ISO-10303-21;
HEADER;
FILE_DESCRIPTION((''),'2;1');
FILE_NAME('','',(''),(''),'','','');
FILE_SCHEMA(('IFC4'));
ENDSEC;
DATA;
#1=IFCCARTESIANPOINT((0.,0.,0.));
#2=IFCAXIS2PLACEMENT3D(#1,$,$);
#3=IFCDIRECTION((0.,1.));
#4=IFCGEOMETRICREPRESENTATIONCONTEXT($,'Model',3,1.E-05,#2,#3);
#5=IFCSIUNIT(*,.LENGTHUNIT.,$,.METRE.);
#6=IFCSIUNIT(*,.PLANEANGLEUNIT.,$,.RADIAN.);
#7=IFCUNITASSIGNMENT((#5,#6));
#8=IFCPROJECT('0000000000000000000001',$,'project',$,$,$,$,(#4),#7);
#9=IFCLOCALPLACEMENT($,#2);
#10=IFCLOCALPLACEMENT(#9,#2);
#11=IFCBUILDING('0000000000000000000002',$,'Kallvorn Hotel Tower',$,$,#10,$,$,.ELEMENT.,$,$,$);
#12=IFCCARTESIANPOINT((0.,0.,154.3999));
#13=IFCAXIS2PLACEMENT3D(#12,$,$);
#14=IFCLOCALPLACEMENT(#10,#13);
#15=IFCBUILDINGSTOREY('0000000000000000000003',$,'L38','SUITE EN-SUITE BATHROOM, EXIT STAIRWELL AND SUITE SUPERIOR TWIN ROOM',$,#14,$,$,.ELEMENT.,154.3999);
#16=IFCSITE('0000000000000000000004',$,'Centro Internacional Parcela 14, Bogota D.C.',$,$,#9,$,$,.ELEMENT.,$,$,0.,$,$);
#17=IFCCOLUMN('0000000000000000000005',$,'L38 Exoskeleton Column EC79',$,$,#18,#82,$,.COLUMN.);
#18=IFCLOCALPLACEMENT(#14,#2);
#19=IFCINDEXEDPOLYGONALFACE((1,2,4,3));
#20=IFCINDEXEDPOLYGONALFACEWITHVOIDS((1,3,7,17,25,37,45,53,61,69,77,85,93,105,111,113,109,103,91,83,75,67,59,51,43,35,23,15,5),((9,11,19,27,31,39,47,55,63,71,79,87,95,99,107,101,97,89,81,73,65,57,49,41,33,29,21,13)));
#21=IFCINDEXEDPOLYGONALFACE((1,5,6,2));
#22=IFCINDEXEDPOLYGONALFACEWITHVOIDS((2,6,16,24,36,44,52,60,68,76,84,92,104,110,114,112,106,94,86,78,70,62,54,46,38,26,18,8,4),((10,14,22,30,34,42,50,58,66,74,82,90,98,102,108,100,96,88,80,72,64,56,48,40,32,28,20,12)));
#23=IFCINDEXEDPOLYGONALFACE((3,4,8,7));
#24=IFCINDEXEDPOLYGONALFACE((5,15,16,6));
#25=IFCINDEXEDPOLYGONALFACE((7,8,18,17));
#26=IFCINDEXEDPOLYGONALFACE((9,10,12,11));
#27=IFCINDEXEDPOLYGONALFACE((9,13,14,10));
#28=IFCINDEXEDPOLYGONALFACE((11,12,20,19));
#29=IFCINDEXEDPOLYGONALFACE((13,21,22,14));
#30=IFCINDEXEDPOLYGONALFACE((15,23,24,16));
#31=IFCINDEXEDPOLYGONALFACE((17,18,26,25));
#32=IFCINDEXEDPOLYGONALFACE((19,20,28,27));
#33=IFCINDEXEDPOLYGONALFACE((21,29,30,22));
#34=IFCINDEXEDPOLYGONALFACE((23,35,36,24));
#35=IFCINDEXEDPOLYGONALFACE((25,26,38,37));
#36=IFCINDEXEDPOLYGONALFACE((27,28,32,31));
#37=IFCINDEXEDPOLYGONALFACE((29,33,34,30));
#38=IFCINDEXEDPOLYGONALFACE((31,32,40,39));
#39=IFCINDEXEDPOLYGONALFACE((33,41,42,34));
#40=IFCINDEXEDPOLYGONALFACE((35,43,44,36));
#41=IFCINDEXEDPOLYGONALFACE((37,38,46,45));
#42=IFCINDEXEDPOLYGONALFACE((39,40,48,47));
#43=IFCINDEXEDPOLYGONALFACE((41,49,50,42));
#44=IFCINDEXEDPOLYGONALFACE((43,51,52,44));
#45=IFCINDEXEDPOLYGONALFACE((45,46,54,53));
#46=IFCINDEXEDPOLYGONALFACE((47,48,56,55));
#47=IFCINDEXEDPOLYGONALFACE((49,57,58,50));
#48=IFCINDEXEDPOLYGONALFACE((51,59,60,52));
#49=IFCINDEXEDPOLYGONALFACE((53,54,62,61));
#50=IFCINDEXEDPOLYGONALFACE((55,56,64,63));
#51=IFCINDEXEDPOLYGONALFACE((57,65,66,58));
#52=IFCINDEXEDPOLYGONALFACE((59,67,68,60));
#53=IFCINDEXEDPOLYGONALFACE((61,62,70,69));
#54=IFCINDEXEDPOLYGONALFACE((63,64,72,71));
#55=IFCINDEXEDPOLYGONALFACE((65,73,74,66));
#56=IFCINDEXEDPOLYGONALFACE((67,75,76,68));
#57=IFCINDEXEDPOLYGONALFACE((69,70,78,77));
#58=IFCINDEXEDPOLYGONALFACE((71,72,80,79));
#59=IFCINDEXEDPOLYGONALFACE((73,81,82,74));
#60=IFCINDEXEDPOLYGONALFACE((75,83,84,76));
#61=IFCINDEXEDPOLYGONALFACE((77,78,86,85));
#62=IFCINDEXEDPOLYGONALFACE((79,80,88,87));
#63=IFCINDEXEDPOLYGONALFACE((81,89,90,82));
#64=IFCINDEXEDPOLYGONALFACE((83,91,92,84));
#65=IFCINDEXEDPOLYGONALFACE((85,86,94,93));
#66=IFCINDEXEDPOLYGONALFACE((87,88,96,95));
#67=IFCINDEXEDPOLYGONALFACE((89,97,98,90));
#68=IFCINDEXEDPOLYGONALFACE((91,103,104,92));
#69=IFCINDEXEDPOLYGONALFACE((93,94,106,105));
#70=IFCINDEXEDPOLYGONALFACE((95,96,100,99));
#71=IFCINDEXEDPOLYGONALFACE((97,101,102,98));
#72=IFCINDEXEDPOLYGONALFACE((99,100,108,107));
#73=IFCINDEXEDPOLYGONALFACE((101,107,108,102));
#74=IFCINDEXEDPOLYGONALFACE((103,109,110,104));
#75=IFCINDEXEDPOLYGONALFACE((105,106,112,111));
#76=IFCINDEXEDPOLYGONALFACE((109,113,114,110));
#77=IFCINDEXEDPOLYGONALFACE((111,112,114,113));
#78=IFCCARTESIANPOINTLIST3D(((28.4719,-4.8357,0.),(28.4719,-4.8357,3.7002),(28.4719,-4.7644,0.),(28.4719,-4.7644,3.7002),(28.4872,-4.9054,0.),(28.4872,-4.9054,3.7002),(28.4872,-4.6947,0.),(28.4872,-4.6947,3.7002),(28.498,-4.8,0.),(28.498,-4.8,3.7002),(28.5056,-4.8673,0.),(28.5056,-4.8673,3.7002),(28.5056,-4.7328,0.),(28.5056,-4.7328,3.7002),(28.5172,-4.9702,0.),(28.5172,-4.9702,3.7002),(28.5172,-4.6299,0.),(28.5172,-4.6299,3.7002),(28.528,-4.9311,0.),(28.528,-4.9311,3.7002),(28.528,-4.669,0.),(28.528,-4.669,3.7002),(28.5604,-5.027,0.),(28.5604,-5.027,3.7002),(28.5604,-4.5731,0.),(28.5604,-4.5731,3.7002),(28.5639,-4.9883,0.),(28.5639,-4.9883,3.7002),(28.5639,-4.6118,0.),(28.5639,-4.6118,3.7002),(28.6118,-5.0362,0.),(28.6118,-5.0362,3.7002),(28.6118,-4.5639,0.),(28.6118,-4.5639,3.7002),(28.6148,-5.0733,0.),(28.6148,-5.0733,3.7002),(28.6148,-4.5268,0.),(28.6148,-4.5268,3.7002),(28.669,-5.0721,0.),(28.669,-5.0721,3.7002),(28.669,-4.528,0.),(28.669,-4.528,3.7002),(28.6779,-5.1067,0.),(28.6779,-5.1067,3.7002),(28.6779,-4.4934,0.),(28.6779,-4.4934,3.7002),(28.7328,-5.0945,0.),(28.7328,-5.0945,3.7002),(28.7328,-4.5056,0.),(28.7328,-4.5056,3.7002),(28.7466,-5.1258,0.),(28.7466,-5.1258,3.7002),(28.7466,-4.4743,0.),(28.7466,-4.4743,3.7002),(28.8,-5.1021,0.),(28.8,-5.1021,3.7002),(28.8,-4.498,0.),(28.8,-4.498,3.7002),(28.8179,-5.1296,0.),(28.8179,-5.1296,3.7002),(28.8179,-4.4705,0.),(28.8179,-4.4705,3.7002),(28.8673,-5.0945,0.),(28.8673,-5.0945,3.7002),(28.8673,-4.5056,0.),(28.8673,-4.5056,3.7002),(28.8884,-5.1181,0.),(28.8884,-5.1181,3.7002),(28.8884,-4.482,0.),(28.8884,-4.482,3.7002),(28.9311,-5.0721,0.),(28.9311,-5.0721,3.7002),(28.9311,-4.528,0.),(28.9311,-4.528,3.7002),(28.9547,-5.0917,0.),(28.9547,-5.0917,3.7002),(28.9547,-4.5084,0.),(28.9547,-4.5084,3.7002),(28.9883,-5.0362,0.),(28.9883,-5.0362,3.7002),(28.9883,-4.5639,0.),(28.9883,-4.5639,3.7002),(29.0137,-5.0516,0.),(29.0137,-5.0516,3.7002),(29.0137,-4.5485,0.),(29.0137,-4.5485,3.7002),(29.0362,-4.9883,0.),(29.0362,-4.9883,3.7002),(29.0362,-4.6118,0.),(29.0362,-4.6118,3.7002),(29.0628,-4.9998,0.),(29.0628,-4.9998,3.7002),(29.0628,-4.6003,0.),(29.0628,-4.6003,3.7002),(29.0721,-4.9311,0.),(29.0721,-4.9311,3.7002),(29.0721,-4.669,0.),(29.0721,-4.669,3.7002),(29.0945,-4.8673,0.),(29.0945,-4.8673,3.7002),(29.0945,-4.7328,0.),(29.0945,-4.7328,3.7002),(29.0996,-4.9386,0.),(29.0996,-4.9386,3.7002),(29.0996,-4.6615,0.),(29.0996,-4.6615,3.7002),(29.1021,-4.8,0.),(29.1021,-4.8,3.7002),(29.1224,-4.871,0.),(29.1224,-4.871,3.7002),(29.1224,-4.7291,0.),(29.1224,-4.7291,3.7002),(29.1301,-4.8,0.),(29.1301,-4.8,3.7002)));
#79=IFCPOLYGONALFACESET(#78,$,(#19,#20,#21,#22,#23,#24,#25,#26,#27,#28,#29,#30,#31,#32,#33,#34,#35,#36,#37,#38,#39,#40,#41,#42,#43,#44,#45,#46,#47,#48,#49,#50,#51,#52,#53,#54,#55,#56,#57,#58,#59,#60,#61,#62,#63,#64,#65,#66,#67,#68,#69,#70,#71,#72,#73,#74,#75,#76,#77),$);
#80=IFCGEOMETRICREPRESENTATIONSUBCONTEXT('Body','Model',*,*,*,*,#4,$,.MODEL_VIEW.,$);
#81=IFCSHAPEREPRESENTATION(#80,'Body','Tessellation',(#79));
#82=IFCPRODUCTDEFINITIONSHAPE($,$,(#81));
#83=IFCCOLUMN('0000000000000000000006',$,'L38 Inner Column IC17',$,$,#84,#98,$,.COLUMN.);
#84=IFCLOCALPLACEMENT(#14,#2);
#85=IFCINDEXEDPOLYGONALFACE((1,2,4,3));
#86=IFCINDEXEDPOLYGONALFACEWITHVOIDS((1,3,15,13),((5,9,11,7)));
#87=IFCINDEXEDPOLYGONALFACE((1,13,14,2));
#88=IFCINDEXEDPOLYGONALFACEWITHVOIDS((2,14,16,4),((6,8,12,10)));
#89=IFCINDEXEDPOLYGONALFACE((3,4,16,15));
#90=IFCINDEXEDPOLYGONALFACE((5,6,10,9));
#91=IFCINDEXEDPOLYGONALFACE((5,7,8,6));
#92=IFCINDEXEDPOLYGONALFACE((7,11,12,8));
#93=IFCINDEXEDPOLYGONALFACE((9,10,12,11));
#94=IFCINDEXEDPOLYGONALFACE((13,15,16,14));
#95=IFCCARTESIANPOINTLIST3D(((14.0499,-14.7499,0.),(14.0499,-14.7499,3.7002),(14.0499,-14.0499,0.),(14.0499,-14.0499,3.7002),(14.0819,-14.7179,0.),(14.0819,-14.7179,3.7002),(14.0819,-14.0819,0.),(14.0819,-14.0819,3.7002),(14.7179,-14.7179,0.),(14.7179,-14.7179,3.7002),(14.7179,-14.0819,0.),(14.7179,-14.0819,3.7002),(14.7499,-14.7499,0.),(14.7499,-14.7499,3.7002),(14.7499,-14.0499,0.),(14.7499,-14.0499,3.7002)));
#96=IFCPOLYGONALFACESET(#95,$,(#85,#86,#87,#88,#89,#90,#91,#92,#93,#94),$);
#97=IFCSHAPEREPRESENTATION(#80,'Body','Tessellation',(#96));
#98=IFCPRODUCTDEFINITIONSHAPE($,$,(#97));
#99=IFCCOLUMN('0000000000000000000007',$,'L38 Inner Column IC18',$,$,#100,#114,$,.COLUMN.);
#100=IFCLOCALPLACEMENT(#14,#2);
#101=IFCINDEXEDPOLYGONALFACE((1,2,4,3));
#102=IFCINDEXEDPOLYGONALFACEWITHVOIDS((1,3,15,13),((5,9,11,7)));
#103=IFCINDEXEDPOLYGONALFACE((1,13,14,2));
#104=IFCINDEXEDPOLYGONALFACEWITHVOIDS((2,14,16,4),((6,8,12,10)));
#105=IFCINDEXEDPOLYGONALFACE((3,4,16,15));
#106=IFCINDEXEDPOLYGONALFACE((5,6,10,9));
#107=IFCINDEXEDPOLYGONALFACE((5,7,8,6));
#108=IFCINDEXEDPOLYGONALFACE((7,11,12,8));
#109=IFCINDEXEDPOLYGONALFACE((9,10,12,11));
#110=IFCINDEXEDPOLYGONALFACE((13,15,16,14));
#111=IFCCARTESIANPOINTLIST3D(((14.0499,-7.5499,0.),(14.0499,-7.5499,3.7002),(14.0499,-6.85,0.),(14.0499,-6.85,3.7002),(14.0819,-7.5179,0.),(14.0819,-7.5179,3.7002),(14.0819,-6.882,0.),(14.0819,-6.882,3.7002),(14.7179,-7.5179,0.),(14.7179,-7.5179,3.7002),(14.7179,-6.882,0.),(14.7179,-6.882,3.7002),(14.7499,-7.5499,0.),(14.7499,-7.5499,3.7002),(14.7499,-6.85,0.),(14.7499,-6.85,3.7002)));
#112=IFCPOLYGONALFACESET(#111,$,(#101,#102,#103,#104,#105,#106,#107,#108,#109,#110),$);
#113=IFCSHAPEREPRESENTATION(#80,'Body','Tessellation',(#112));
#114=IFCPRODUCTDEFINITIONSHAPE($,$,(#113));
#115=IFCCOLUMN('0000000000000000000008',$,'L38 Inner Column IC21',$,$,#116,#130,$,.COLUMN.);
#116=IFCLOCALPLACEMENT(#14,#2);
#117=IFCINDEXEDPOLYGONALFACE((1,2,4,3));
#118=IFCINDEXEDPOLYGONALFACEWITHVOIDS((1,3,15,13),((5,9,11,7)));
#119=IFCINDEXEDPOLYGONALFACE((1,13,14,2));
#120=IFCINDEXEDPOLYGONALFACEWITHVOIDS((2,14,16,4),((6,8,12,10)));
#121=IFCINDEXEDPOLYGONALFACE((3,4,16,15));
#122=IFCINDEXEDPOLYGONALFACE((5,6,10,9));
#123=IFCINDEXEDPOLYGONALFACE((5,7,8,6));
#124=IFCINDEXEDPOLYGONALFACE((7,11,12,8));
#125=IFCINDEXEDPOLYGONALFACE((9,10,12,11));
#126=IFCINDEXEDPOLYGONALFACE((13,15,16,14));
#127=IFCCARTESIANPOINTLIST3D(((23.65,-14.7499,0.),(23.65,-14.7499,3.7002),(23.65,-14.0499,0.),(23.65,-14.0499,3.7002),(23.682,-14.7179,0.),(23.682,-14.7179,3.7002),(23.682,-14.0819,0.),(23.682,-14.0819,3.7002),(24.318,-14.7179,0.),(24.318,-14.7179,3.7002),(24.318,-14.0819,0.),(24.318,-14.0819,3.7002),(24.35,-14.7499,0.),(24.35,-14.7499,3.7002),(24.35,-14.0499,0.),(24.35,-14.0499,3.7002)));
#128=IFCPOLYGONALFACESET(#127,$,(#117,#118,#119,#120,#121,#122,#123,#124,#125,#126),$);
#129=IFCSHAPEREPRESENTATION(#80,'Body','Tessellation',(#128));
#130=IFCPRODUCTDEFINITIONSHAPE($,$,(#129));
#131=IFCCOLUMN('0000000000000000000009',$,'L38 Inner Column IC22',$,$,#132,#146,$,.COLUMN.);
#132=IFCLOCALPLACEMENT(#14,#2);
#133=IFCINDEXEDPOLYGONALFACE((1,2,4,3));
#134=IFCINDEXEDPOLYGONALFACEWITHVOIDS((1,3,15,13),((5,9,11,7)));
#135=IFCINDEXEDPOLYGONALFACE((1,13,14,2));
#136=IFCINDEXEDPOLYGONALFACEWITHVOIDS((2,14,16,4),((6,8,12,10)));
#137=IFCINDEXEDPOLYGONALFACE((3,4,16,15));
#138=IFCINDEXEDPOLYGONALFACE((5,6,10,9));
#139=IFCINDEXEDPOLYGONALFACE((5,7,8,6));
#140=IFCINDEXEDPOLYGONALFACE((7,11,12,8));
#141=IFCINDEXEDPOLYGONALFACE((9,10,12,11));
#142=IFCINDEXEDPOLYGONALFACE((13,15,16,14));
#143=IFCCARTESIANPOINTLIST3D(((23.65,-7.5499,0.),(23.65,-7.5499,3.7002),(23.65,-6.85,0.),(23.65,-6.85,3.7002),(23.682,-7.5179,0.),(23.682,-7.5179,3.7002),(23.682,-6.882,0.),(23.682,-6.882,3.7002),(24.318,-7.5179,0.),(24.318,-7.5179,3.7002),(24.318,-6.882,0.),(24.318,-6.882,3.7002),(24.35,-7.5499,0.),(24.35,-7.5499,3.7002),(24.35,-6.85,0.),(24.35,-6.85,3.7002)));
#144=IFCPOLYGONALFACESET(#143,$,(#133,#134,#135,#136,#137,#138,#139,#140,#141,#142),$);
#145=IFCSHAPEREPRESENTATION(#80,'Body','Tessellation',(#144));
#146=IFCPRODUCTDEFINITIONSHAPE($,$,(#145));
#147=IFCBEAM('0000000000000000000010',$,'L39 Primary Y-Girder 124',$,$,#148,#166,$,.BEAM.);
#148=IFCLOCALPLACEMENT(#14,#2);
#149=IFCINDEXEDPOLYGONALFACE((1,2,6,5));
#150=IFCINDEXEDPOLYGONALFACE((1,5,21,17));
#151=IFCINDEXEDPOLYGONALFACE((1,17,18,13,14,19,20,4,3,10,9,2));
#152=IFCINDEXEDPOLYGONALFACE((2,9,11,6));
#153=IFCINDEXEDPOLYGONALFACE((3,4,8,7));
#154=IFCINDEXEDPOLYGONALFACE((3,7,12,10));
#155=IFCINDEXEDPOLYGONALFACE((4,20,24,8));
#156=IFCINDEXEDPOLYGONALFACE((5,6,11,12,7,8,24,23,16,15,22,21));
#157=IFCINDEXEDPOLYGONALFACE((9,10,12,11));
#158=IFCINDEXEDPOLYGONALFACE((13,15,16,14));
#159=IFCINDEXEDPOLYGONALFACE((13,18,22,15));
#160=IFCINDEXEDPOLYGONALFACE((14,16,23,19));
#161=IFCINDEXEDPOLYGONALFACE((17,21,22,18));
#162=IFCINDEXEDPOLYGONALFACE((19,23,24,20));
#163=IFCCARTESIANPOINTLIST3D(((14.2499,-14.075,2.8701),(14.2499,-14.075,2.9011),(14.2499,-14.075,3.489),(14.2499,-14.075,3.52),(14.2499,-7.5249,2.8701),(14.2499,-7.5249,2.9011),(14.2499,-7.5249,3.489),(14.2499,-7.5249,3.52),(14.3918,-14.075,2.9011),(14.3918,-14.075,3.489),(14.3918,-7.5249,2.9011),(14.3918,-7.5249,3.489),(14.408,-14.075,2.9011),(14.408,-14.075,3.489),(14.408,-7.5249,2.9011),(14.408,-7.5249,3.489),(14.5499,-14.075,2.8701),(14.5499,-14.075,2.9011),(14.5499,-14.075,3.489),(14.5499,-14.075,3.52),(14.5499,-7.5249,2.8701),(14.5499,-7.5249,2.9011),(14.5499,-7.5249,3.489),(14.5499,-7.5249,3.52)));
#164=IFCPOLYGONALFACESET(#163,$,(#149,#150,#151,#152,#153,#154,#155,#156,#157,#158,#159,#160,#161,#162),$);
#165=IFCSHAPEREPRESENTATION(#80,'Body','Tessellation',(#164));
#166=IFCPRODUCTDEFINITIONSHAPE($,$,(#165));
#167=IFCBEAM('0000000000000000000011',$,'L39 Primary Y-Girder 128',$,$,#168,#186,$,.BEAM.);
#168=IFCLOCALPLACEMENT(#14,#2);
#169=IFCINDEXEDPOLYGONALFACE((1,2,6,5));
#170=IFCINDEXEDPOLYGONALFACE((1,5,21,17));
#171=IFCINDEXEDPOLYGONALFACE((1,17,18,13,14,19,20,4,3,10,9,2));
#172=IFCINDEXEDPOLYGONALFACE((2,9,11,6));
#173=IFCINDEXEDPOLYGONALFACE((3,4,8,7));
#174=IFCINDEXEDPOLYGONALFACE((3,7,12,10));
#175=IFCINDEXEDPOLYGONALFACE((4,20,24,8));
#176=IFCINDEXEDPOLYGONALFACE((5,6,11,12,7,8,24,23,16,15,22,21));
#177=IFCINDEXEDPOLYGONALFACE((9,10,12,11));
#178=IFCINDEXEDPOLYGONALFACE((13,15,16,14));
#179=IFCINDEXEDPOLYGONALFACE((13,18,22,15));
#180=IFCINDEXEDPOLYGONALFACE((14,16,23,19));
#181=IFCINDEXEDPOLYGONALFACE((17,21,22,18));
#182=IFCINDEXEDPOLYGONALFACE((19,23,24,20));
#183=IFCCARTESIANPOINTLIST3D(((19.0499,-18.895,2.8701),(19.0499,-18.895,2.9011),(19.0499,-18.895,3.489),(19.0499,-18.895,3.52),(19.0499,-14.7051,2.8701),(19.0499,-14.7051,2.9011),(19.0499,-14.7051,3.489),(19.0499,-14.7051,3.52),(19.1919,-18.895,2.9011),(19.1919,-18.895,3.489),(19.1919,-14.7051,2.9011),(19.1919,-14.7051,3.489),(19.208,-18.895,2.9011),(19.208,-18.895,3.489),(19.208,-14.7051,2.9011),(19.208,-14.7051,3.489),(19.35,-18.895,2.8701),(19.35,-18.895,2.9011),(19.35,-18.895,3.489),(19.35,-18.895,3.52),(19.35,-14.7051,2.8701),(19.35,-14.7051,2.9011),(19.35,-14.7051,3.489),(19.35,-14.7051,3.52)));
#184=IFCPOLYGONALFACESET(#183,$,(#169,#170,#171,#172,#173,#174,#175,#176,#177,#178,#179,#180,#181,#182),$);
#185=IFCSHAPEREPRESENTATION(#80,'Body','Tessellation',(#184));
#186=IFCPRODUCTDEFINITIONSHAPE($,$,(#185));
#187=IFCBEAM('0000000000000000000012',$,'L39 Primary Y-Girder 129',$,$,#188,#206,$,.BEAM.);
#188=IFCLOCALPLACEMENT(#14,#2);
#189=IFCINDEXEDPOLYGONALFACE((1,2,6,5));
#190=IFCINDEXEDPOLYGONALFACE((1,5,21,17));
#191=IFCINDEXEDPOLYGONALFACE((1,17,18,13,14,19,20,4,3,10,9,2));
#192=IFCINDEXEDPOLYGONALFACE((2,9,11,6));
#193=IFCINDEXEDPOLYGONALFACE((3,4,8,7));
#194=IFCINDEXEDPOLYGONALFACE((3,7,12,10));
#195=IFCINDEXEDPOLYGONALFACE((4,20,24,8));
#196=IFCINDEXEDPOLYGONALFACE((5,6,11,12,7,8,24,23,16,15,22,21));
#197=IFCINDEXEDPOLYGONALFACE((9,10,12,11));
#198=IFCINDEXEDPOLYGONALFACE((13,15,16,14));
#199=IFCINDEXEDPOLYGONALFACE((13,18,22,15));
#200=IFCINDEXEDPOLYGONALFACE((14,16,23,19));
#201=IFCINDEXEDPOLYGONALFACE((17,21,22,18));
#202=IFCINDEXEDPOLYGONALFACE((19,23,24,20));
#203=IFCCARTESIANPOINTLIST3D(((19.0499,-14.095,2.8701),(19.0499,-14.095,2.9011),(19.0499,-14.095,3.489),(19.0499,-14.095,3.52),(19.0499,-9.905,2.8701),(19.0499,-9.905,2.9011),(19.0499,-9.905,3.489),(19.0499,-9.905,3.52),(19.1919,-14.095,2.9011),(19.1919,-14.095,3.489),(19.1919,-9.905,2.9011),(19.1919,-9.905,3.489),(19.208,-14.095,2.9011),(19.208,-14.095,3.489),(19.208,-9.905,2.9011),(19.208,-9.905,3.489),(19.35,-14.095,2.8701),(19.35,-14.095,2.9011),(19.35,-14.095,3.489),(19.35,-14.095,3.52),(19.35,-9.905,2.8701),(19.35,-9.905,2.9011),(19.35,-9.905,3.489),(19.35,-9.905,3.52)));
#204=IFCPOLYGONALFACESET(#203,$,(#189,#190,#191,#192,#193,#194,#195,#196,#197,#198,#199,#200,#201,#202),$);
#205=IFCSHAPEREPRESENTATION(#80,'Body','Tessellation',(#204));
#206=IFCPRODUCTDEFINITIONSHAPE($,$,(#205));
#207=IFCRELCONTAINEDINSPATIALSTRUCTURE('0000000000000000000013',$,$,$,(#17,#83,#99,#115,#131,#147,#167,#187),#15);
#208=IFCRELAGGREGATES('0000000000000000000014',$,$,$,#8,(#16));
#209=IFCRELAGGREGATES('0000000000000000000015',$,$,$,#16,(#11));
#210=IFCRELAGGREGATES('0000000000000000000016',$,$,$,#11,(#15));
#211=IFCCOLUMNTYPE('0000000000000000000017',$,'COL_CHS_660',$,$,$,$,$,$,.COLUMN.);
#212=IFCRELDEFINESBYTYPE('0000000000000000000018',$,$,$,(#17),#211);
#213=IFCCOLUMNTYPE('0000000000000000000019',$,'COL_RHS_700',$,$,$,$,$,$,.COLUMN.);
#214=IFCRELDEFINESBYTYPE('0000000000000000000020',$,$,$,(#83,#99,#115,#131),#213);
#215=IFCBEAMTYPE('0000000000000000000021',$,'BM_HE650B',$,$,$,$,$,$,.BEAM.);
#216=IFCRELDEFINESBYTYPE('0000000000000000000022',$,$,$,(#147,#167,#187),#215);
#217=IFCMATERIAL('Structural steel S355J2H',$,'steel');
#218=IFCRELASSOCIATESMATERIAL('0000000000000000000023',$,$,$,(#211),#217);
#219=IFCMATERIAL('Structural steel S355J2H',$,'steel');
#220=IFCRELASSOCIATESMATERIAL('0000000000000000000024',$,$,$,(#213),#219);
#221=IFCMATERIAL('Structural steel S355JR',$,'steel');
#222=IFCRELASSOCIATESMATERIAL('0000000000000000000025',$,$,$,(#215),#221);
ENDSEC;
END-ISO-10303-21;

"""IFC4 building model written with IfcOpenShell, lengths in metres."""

from ifc_helpers import new_model, si_unit, direction, frame, origin, origin_2d, place, context, subcontext, project, spatial, hollow_rectangle, hollow_circle, i_section, extrude, material, material_profile, profile_set, type_object, element, save


model = new_model("IFC4")

# Units and contexts
model_context = context("Model", 3, precision=1e-05, world=origin(), true_north=direction((0.0, 1.0)))
body_context = subcontext(model_context, "Body", "Model", "MODEL_VIEW")
ifc_project = project(units=[si_unit("LENGTHUNIT", "METRE"), si_unit("PLANEANGLEUNIT", "RADIAN")], contexts=[model_context])

# Site, building, storey
site_placement = place(None, origin())
site = spatial("IfcSite", under=ifc_project, at=site_placement, Name="Centro Internacional Parcela 14, Bogota D.C.", CompositionType="ELEMENT", RefElevation=0.0)
building_placement = place(site_placement, origin())
building = spatial("IfcBuilding", under=site, at=building_placement, Name="Kallvorn Hotel Tower", CompositionType="ELEMENT")
storey_placement = place(building_placement, frame((0.0, 0.0, 154.3999)))
storey = spatial("IfcBuildingStorey", under=building, at=storey_placement, Name="L38", Description="SUITE EN-SUITE BATHROOM, EXIT STAIRWELL AND SUITE SUPERIOR TWIN ROOM", CompositionType="ELEMENT", Elevation=154.3999)

# Columns
ifc_material_1 = material(Name="Structural steel S355J2H", Category="steel")
ifc_material_profile_1 = material_profile(ifc_material_1, hollow_circle(Radius=0.3301, WallThickness=0.0281, at=origin_2d()), Name="CHS 660x28")
ifc_profile_set_1 = profile_set([ifc_material_profile_1], Name="Structural steel S355J2H")
column_type_1 = type_object("IfcColumnType", Name="COL_CHS_660", PredefinedType="COLUMN", material=ifc_profile_set_1)
for number, where, z_axis, x_axis, name in (
    (1, (28.8, -4.8, 0.0), (0.0, 0.0, 1.0), (1.0, 0.0, 0.0), "L38 Exoskeleton Column EC79"),
):
    element("IfcColumn", number, at=place(storey_placement, frame(where, z_axis=z_axis, x_axis=x_axis)), inside=storey, type_object=column_type_1, Name=name, PredefinedType="COLUMN", context=body_context, shape_type="SweptSolid", body=[
        extrude(hollow_circle(Radius=0.3301, WallThickness=0.0281, at=origin_2d()), origin(), (0.0, 0.0, 1.0), 3.7002),
    ])
ifc_material_2 = material(Name="Structural steel S355J2H", Category="steel")
ifc_material_profile_2 = material_profile(ifc_material_2, hollow_rectangle(XDim=0.7, YDim=0.7, WallThickness=0.032, at=origin_2d()), Name="RHS 700x700x32")
ifc_profile_set_2 = profile_set([ifc_material_profile_2], Name="Structural steel S355J2H")
column_type_2 = type_object("IfcColumnType", Name="COL_RHS_700", PredefinedType="COLUMN", material=ifc_profile_set_2)
for number, where, z_axis, x_axis, name in (
    (2, (14.3999, -14.3999, 0.0), (0.0, 0.0, 1.0), (1.0, 0.0, 0.0), "L38 Inner Column IC17"),
    (3, (14.3999, -7.2, 0.0), (0.0, 0.0, 1.0), (1.0, 0.0, 0.0), "L38 Inner Column IC18"),
    (4, (24.0, -14.3999, 0.0), (0.0, 0.0, 1.0), (1.0, 0.0, 0.0), "L38 Inner Column IC21"),
    (5, (24.0, -7.2, 0.0), (0.0, 0.0, 1.0), (1.0, 0.0, 0.0), "L38 Inner Column IC22"),
):
    element("IfcColumn", number, at=place(storey_placement, frame(where, z_axis=z_axis, x_axis=x_axis)), inside=storey, type_object=column_type_2, Name=name, PredefinedType="COLUMN", context=body_context, shape_type="SweptSolid", body=[
        extrude(hollow_rectangle(XDim=0.7, YDim=0.7, WallThickness=0.032, at=origin_2d()), origin(), (0.0, 0.0, 1.0), 3.7002),
    ])

# Beams
ifc_material_3 = material(Name="Structural steel S355JR", Category="steel")
ifc_material_profile_3 = material_profile(ifc_material_3, i_section(OverallWidth=0.3, OverallDepth=0.6499, WebThickness=0.0161, FlangeThickness=0.031, at=origin_2d()), Name="HE 650 B")
ifc_profile_set_3 = profile_set([ifc_material_profile_3], Name="Structural steel S355JR")
beam_type_1 = type_object("IfcBeamType", Name="BM_HE650B", PredefinedType="BEAM", material=ifc_profile_set_3)
beam_1_placement = place(storey_placement, frame((14.3999, -14.075, 3.1951), z_axis=(0.0, 1.0, 0.0), x_axis=(-1.0, 0.0, 0.0)))
element("IfcBeam", 6, at=beam_1_placement, inside=storey, type_object=beam_type_1, Name="L39 Primary Y-Girder 124", PredefinedType="BEAM", context=body_context, shape_type="SweptSolid", body=[
    extrude(i_section(OverallWidth=0.3, OverallDepth=0.6499, WebThickness=0.0161, FlangeThickness=0.031, at=origin_2d()), origin(), (0.0, 0.0, 1.0), 6.55),
])
for number, where, z_axis, x_axis, name in (
    (7, (19.2, -18.895, 3.1951), (0.0, 1.0, 0.0), (-1.0, 0.0, 0.0), "L39 Primary Y-Girder 128"),
    (8, (19.2, -14.095, 3.1951), (0.0, 1.0, 0.0), (-1.0, 0.0, 0.0), "L39 Primary Y-Girder 129"),
):
    element("IfcBeam", number, at=place(storey_placement, frame(where, z_axis=z_axis, x_axis=x_axis)), inside=storey, type_object=beam_type_1, Name=name, PredefinedType="BEAM", context=body_context, shape_type="SweptSolid", body=[
        extrude(i_section(OverallWidth=0.3, OverallDepth=0.6499, WebThickness=0.0161, FlangeThickness=0.031, at=origin_2d()), origin(), (0.0, 0.0, 1.0), 4.1899),
    ])

save(model, "model.ifc")
